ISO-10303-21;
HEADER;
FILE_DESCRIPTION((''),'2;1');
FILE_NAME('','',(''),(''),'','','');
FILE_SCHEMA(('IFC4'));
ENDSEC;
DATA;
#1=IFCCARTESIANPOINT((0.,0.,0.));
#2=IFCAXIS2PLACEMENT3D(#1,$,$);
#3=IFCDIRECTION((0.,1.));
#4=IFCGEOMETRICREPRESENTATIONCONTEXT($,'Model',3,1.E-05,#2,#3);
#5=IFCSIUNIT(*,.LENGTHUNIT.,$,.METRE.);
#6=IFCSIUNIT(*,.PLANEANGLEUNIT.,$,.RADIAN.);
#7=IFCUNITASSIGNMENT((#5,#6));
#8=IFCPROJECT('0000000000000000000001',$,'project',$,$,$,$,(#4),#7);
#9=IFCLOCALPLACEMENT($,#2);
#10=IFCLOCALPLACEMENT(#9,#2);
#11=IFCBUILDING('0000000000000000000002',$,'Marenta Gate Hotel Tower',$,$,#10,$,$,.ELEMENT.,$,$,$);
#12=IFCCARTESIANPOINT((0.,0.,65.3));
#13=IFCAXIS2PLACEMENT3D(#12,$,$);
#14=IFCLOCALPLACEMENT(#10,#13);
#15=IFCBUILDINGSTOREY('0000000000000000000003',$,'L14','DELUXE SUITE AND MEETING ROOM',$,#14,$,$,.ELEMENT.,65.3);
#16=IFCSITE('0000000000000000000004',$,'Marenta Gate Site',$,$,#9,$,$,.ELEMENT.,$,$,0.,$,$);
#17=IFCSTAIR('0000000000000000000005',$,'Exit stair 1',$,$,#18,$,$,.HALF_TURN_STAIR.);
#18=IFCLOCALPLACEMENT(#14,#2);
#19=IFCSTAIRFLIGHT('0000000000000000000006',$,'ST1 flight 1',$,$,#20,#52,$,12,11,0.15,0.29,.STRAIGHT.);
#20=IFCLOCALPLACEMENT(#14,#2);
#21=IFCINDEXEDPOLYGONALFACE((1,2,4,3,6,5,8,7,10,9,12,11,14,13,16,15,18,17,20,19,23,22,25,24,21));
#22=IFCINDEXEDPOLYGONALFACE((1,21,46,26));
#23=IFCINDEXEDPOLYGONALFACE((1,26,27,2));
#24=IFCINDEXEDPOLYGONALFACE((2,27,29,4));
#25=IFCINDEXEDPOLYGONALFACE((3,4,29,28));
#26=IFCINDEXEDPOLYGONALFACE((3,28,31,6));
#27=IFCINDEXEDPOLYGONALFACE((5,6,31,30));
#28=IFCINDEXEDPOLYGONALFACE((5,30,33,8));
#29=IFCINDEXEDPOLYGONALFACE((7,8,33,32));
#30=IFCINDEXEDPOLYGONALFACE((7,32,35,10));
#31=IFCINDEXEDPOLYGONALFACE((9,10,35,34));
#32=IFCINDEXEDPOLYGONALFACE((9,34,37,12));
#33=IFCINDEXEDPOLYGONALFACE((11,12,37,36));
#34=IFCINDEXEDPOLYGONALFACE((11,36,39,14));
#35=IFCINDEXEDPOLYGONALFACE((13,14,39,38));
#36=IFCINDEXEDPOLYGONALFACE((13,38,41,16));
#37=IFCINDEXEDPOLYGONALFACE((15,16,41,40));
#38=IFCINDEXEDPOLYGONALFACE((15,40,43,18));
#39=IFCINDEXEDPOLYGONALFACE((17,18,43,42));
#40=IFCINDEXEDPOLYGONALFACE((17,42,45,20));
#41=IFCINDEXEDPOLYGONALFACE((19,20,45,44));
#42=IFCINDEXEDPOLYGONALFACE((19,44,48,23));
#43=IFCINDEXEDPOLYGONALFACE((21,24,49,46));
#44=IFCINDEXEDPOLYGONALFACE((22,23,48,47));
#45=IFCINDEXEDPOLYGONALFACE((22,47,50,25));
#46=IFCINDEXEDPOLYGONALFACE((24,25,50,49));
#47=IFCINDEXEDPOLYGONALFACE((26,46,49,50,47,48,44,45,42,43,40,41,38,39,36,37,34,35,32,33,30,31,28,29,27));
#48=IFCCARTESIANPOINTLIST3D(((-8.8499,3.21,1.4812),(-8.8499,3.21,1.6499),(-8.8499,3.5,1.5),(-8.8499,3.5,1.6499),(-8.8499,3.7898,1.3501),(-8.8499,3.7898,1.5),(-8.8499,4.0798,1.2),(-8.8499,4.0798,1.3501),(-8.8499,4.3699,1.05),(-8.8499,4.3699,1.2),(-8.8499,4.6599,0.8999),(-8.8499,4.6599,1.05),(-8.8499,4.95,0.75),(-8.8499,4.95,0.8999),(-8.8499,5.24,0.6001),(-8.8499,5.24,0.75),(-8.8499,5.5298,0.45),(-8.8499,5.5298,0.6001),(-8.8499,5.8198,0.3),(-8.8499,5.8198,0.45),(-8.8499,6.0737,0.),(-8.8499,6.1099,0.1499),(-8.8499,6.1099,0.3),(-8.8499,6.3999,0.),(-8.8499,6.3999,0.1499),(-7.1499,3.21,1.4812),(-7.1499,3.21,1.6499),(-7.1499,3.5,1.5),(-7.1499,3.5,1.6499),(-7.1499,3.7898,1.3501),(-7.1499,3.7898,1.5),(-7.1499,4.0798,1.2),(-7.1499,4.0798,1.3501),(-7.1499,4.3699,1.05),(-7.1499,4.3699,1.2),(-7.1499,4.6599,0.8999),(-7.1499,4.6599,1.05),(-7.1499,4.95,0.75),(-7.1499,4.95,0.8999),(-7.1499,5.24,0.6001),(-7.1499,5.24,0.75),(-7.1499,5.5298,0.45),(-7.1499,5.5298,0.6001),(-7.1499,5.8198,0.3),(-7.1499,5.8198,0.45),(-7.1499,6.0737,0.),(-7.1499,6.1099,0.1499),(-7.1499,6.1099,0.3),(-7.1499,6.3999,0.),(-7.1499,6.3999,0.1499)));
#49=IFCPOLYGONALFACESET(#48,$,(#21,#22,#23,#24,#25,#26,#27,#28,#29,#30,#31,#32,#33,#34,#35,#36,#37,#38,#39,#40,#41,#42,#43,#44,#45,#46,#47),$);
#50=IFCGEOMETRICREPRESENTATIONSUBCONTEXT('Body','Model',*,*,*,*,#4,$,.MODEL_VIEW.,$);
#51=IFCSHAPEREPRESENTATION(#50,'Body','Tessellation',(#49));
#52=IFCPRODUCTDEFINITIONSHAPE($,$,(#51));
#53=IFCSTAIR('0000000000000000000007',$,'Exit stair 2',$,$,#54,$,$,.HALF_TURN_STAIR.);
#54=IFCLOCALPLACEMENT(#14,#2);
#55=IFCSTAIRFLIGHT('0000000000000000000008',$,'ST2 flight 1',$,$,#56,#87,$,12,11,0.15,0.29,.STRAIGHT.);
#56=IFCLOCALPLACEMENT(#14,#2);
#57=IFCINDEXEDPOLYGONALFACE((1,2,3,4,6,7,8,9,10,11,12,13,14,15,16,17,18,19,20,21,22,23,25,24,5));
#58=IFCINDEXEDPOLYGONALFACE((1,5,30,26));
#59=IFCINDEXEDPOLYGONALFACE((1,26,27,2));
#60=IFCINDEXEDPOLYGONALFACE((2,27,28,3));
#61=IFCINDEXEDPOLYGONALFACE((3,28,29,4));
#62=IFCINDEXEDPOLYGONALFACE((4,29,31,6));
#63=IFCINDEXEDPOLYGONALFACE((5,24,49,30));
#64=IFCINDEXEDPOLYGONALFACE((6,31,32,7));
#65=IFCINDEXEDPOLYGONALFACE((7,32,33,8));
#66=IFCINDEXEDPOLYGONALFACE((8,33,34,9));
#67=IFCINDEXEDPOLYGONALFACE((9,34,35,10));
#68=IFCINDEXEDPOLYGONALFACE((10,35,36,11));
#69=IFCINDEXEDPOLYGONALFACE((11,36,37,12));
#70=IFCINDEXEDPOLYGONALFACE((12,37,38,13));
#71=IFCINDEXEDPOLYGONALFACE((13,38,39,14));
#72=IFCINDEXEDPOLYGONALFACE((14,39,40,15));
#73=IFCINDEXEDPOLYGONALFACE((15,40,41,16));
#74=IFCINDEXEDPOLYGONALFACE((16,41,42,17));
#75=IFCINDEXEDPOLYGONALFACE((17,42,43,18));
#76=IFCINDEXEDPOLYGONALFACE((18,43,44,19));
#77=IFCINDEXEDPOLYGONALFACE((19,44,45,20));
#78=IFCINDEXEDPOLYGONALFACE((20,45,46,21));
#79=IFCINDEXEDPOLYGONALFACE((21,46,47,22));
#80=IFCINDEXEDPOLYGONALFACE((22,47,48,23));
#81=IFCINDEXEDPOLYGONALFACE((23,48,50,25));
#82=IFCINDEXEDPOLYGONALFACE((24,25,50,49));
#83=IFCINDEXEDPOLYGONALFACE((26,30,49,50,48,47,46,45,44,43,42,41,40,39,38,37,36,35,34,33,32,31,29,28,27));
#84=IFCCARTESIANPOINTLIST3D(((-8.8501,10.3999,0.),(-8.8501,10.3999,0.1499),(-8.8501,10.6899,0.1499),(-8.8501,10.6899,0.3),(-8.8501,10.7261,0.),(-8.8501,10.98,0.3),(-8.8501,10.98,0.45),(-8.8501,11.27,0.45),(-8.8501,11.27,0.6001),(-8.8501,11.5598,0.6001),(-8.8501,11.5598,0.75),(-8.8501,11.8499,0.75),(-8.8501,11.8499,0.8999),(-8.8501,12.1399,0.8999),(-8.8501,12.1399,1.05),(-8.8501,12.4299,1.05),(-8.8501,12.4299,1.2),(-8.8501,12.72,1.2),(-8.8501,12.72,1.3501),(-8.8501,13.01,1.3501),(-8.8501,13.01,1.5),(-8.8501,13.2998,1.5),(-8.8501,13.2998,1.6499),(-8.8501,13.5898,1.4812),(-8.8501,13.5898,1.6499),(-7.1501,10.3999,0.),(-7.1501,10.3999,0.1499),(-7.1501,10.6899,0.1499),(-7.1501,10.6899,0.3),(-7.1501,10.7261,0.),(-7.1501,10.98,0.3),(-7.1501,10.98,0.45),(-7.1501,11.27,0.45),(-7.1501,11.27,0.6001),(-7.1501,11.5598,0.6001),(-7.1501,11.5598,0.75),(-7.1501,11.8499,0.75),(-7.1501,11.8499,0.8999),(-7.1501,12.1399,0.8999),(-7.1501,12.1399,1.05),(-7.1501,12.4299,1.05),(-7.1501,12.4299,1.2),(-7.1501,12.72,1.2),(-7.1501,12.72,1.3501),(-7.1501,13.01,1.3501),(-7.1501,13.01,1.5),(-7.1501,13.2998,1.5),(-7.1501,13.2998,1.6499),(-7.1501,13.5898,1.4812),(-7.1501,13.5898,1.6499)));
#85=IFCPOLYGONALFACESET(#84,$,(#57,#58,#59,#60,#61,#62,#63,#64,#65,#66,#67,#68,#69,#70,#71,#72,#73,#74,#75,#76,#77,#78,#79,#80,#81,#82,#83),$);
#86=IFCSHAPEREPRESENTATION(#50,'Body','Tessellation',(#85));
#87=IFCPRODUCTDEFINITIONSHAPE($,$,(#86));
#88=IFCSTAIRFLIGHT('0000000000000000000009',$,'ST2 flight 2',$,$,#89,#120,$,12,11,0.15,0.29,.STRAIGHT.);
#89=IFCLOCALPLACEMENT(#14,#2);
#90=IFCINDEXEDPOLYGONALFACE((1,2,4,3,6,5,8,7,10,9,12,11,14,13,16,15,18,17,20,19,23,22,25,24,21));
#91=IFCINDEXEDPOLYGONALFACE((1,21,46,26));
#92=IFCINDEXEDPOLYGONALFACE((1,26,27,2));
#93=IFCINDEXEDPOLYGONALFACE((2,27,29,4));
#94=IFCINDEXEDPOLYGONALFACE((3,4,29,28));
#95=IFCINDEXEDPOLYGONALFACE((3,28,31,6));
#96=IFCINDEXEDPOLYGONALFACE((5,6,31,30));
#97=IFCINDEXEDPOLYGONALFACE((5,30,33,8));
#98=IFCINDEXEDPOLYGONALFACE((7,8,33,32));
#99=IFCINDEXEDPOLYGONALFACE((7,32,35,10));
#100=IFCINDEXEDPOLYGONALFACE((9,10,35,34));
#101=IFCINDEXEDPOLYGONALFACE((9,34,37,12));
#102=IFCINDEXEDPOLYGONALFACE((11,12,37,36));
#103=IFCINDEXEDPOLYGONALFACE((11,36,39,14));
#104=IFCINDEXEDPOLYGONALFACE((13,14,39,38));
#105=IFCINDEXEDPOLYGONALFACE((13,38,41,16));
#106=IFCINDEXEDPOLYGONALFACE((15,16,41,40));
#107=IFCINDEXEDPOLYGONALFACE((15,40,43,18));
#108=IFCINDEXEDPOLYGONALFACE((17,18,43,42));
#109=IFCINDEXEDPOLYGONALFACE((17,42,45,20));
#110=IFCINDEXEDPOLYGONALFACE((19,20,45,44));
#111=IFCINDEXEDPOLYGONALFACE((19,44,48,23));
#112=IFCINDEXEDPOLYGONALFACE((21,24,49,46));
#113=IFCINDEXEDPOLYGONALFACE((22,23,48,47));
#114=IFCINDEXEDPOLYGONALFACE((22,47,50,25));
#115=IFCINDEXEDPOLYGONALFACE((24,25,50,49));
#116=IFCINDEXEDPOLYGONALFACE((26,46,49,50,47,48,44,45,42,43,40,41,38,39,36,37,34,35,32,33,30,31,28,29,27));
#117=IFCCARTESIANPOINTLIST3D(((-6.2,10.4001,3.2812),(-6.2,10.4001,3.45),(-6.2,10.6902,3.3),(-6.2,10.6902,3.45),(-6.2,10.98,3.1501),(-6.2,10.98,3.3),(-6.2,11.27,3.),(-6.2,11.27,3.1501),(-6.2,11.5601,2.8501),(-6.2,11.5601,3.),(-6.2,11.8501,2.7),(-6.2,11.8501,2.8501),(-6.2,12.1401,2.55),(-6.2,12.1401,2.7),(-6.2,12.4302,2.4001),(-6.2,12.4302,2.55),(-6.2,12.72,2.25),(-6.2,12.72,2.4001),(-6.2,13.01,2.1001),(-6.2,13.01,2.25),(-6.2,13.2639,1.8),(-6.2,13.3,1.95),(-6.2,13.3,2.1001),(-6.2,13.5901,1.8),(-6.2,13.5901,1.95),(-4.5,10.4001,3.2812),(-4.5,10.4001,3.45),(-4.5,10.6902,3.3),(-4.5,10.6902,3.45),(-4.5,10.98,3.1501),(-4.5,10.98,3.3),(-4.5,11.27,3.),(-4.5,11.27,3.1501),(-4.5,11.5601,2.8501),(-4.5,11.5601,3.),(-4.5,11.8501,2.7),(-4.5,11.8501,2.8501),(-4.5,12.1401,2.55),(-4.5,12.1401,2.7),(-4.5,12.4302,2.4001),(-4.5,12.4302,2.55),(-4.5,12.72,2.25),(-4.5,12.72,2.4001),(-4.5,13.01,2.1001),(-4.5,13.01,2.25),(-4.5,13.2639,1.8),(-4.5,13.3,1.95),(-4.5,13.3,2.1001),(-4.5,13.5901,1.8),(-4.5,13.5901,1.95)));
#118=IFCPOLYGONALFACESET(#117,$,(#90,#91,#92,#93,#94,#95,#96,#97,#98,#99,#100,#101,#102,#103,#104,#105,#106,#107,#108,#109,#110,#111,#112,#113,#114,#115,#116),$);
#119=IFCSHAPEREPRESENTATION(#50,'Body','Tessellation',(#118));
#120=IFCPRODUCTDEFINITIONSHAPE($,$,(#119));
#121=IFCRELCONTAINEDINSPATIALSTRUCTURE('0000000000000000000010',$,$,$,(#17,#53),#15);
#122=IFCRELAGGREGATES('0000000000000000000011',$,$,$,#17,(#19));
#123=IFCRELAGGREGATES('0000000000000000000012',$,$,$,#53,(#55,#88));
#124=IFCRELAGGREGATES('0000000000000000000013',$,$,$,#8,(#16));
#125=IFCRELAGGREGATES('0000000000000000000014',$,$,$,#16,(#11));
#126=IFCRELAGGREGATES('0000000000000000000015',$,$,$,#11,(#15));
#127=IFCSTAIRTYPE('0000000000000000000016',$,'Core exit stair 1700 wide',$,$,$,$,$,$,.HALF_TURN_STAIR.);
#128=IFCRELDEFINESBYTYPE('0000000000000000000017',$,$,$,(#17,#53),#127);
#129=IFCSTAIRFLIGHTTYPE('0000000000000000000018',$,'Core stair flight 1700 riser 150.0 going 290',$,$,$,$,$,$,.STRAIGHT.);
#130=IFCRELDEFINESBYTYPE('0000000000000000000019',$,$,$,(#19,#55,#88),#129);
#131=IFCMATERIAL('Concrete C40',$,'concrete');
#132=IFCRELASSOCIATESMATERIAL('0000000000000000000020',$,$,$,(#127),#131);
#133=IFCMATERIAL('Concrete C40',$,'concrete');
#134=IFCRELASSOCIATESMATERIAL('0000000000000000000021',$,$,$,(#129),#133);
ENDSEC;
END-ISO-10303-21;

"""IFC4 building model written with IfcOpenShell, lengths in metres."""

from ifc_helpers import new_model, si_unit, direction, frame, origin, place, context, subcontext, project, spatial, polyline, outline, extrude, material, type_object, element, aggregate, save


model = new_model("IFC4")

# Units and contexts
model_context = context("Model", 3, precision=1e-05, world=origin(), true_north=direction((0.0, 1.0)))
body_context = subcontext(model_context, "Body", "Model", "MODEL_VIEW")
ifc_project = project(units=[si_unit("LENGTHUNIT", "METRE"), si_unit("PLANEANGLEUNIT", "RADIAN")], contexts=[model_context])

# Site, building, storey
site_placement = place(None, origin())
site = spatial("IfcSite", under=ifc_project, at=site_placement, Name="Marenta Gate Site", CompositionType="ELEMENT", RefElevation=0.0)
building_placement = place(site_placement, origin())
building = spatial("IfcBuilding", under=site, at=building_placement, Name="Marenta Gate Hotel Tower", CompositionType="ELEMENT")
storey_placement = place(building_placement, frame((0.0, 0.0, 65.3)))
storey = spatial("IfcBuildingStorey", under=building, at=storey_placement, Name="L14", Description="DELUXE SUITE AND MEETING ROOM", CompositionType="ELEMENT", Elevation=65.3)

# Stair, stair flight
ifc_material_1 = material(Name="Concrete C40", Category="concrete")
stair_type = type_object("IfcStairType", Name="Core exit stair 1700 wide", PredefinedType="HALF_TURN_STAIR", material=ifc_material_1)
stair_1_placement = place(storey_placement, origin())
stair_1 = element("IfcStair", 1, at=stair_1_placement, inside=storey, type_object=stair_type, Name="Exit stair 1", PredefinedType="HALF_TURN_STAIR")
ifc_material_2 = material(Name="Concrete C40", Category="concrete")
stair_flight_type = type_object("IfcStairFlightType", Name="Core stair flight 1700 riser 150.0 going 290", PredefinedType="STRAIGHT", material=ifc_material_2)
stair_flight_1_placement = place(storey_placement, frame((-8.0, 6.3999, 0.0), z_axis=(0.0, 0.0, 1.0), x_axis=(0.0, -1.0, 0.0)))
stair_flight_1 = element("IfcStairFlight", 2, at=stair_flight_1_placement, type_object=stair_flight_type, Name="ST1 flight 1", NumberOfRisers=12, NumberOfTreads=11, PredefinedType="STRAIGHT", RiserHeight=0.15, TreadLength=0.29, context=body_context, shape_type="SweptSolid", body=[
    extrude(outline(polyline([(0.0, 0.0), (0.0, 0.1499), (0.29, 0.1499), (0.29, 0.3), (0.5801, 0.3), (0.5801, 0.45), (0.8701, 0.45), (0.8701, 0.6001), (1.1599, 0.6001), (1.1599, 0.75), (1.45, 0.75), (1.45, 0.8999), (1.74, 0.8999), (1.74, 1.05), (2.03, 1.05), (2.03, 1.2), (2.3201, 1.2), (2.3201, 1.3501), (2.6101, 1.3501), (2.6101, 1.5), (2.8999, 1.5), (2.8999, 1.6499), (3.1899, 1.6499), (3.1899, 1.8), (3.1899, 1.4812), (0.3262, 0.0), (0.0, 0.0)])), frame((0.0, 0.8501, 0.0), z_axis=(0.0, -1.0, 0.0), x_axis=(1.0, 0.0, 0.0)), (0.0, 0.0, 1.0), 1.7),
])
aggregate(stair_1, [stair_flight_1])

# Stair, stair flights
stair_2_placement = place(storey_placement, origin())
stair_2 = element("IfcStair", 3, at=stair_2_placement, inside=storey, type_object=stair_type, Name="Exit stair 2", PredefinedType="HALF_TURN_STAIR")
stair_flight_2_placement = place(storey_placement, frame((-8.0, 10.3999, 0.0), z_axis=(0.0, 0.0, 1.0), x_axis=(0.0, 1.0, 0.0)))
stair_flight_2 = element("IfcStairFlight", 4, at=stair_flight_2_placement, type_object=stair_flight_type, Name="ST2 flight 1", NumberOfRisers=12, NumberOfTreads=11, PredefinedType="STRAIGHT", RiserHeight=0.15, TreadLength=0.29, context=body_context, shape_type="SweptSolid", body=[
    extrude(outline(polyline([(0.0, 0.0), (0.0, 0.1499), (0.29, 0.1499), (0.29, 0.3), (0.5801, 0.3), (0.5801, 0.45), (0.8701, 0.45), (0.8701, 0.6001), (1.1599, 0.6001), (1.1599, 0.75), (1.45, 0.75), (1.45, 0.8999), (1.74, 0.8999), (1.74, 1.05), (2.03, 1.05), (2.03, 1.2), (2.3201, 1.2), (2.3201, 1.3501), (2.6101, 1.3501), (2.6101, 1.5), (2.8999, 1.5), (2.8999, 1.6499), (3.1899, 1.6499), (3.1899, 1.8), (3.1899, 1.4812), (0.3262, 0.0), (0.0, 0.0)])), frame((0.0, 0.8501, 0.0), z_axis=(0.0, -1.0, 0.0), x_axis=(1.0, 0.0, 0.0)), (0.0, 0.0, 1.0), 1.7),
])
stair_flight_3_placement = place(storey_placement, frame((-5.3501, 13.5901, 1.8), z_axis=(0.0, 0.0, 1.0), x_axis=(0.0, -1.0, 0.0)))
stair_flight_3 = element("IfcStairFlight", 5, at=stair_flight_3_placement, type_object=stair_flight_type, Name="ST2 flight 2", NumberOfRisers=12, NumberOfTreads=11, PredefinedType="STRAIGHT", RiserHeight=0.15, TreadLength=0.29, context=body_context, shape_type="SweptSolid", body=[
    extrude(outline(polyline([(0.0, 0.0), (0.0, 0.1499), (0.29, 0.1499), (0.29, 0.3), (0.5801, 0.3), (0.5801, 0.45), (0.8701, 0.45), (0.8701, 0.6001), (1.1599, 0.6001), (1.1599, 0.75), (1.45, 0.75), (1.45, 0.8999), (1.74, 0.8999), (1.74, 1.05), (2.03, 1.05), (2.03, 1.2), (2.3201, 1.2), (2.3201, 1.3501), (2.6101, 1.3501), (2.6101, 1.5), (2.8999, 1.5), (2.8999, 1.6499), (3.1899, 1.6499), (3.1899, 1.8), (3.1899, 1.4812), (0.3262, 0.0), (0.0, 0.0)])), frame((0.0, 0.8501, 0.0), z_axis=(0.0, -1.0, 0.0), x_axis=(1.0, 0.0, 0.0)), (0.0, 0.0, 1.0), 1.7),
])
aggregate(stair_2, [stair_flight_2, stair_flight_3])

save(model, "model.ifc")
